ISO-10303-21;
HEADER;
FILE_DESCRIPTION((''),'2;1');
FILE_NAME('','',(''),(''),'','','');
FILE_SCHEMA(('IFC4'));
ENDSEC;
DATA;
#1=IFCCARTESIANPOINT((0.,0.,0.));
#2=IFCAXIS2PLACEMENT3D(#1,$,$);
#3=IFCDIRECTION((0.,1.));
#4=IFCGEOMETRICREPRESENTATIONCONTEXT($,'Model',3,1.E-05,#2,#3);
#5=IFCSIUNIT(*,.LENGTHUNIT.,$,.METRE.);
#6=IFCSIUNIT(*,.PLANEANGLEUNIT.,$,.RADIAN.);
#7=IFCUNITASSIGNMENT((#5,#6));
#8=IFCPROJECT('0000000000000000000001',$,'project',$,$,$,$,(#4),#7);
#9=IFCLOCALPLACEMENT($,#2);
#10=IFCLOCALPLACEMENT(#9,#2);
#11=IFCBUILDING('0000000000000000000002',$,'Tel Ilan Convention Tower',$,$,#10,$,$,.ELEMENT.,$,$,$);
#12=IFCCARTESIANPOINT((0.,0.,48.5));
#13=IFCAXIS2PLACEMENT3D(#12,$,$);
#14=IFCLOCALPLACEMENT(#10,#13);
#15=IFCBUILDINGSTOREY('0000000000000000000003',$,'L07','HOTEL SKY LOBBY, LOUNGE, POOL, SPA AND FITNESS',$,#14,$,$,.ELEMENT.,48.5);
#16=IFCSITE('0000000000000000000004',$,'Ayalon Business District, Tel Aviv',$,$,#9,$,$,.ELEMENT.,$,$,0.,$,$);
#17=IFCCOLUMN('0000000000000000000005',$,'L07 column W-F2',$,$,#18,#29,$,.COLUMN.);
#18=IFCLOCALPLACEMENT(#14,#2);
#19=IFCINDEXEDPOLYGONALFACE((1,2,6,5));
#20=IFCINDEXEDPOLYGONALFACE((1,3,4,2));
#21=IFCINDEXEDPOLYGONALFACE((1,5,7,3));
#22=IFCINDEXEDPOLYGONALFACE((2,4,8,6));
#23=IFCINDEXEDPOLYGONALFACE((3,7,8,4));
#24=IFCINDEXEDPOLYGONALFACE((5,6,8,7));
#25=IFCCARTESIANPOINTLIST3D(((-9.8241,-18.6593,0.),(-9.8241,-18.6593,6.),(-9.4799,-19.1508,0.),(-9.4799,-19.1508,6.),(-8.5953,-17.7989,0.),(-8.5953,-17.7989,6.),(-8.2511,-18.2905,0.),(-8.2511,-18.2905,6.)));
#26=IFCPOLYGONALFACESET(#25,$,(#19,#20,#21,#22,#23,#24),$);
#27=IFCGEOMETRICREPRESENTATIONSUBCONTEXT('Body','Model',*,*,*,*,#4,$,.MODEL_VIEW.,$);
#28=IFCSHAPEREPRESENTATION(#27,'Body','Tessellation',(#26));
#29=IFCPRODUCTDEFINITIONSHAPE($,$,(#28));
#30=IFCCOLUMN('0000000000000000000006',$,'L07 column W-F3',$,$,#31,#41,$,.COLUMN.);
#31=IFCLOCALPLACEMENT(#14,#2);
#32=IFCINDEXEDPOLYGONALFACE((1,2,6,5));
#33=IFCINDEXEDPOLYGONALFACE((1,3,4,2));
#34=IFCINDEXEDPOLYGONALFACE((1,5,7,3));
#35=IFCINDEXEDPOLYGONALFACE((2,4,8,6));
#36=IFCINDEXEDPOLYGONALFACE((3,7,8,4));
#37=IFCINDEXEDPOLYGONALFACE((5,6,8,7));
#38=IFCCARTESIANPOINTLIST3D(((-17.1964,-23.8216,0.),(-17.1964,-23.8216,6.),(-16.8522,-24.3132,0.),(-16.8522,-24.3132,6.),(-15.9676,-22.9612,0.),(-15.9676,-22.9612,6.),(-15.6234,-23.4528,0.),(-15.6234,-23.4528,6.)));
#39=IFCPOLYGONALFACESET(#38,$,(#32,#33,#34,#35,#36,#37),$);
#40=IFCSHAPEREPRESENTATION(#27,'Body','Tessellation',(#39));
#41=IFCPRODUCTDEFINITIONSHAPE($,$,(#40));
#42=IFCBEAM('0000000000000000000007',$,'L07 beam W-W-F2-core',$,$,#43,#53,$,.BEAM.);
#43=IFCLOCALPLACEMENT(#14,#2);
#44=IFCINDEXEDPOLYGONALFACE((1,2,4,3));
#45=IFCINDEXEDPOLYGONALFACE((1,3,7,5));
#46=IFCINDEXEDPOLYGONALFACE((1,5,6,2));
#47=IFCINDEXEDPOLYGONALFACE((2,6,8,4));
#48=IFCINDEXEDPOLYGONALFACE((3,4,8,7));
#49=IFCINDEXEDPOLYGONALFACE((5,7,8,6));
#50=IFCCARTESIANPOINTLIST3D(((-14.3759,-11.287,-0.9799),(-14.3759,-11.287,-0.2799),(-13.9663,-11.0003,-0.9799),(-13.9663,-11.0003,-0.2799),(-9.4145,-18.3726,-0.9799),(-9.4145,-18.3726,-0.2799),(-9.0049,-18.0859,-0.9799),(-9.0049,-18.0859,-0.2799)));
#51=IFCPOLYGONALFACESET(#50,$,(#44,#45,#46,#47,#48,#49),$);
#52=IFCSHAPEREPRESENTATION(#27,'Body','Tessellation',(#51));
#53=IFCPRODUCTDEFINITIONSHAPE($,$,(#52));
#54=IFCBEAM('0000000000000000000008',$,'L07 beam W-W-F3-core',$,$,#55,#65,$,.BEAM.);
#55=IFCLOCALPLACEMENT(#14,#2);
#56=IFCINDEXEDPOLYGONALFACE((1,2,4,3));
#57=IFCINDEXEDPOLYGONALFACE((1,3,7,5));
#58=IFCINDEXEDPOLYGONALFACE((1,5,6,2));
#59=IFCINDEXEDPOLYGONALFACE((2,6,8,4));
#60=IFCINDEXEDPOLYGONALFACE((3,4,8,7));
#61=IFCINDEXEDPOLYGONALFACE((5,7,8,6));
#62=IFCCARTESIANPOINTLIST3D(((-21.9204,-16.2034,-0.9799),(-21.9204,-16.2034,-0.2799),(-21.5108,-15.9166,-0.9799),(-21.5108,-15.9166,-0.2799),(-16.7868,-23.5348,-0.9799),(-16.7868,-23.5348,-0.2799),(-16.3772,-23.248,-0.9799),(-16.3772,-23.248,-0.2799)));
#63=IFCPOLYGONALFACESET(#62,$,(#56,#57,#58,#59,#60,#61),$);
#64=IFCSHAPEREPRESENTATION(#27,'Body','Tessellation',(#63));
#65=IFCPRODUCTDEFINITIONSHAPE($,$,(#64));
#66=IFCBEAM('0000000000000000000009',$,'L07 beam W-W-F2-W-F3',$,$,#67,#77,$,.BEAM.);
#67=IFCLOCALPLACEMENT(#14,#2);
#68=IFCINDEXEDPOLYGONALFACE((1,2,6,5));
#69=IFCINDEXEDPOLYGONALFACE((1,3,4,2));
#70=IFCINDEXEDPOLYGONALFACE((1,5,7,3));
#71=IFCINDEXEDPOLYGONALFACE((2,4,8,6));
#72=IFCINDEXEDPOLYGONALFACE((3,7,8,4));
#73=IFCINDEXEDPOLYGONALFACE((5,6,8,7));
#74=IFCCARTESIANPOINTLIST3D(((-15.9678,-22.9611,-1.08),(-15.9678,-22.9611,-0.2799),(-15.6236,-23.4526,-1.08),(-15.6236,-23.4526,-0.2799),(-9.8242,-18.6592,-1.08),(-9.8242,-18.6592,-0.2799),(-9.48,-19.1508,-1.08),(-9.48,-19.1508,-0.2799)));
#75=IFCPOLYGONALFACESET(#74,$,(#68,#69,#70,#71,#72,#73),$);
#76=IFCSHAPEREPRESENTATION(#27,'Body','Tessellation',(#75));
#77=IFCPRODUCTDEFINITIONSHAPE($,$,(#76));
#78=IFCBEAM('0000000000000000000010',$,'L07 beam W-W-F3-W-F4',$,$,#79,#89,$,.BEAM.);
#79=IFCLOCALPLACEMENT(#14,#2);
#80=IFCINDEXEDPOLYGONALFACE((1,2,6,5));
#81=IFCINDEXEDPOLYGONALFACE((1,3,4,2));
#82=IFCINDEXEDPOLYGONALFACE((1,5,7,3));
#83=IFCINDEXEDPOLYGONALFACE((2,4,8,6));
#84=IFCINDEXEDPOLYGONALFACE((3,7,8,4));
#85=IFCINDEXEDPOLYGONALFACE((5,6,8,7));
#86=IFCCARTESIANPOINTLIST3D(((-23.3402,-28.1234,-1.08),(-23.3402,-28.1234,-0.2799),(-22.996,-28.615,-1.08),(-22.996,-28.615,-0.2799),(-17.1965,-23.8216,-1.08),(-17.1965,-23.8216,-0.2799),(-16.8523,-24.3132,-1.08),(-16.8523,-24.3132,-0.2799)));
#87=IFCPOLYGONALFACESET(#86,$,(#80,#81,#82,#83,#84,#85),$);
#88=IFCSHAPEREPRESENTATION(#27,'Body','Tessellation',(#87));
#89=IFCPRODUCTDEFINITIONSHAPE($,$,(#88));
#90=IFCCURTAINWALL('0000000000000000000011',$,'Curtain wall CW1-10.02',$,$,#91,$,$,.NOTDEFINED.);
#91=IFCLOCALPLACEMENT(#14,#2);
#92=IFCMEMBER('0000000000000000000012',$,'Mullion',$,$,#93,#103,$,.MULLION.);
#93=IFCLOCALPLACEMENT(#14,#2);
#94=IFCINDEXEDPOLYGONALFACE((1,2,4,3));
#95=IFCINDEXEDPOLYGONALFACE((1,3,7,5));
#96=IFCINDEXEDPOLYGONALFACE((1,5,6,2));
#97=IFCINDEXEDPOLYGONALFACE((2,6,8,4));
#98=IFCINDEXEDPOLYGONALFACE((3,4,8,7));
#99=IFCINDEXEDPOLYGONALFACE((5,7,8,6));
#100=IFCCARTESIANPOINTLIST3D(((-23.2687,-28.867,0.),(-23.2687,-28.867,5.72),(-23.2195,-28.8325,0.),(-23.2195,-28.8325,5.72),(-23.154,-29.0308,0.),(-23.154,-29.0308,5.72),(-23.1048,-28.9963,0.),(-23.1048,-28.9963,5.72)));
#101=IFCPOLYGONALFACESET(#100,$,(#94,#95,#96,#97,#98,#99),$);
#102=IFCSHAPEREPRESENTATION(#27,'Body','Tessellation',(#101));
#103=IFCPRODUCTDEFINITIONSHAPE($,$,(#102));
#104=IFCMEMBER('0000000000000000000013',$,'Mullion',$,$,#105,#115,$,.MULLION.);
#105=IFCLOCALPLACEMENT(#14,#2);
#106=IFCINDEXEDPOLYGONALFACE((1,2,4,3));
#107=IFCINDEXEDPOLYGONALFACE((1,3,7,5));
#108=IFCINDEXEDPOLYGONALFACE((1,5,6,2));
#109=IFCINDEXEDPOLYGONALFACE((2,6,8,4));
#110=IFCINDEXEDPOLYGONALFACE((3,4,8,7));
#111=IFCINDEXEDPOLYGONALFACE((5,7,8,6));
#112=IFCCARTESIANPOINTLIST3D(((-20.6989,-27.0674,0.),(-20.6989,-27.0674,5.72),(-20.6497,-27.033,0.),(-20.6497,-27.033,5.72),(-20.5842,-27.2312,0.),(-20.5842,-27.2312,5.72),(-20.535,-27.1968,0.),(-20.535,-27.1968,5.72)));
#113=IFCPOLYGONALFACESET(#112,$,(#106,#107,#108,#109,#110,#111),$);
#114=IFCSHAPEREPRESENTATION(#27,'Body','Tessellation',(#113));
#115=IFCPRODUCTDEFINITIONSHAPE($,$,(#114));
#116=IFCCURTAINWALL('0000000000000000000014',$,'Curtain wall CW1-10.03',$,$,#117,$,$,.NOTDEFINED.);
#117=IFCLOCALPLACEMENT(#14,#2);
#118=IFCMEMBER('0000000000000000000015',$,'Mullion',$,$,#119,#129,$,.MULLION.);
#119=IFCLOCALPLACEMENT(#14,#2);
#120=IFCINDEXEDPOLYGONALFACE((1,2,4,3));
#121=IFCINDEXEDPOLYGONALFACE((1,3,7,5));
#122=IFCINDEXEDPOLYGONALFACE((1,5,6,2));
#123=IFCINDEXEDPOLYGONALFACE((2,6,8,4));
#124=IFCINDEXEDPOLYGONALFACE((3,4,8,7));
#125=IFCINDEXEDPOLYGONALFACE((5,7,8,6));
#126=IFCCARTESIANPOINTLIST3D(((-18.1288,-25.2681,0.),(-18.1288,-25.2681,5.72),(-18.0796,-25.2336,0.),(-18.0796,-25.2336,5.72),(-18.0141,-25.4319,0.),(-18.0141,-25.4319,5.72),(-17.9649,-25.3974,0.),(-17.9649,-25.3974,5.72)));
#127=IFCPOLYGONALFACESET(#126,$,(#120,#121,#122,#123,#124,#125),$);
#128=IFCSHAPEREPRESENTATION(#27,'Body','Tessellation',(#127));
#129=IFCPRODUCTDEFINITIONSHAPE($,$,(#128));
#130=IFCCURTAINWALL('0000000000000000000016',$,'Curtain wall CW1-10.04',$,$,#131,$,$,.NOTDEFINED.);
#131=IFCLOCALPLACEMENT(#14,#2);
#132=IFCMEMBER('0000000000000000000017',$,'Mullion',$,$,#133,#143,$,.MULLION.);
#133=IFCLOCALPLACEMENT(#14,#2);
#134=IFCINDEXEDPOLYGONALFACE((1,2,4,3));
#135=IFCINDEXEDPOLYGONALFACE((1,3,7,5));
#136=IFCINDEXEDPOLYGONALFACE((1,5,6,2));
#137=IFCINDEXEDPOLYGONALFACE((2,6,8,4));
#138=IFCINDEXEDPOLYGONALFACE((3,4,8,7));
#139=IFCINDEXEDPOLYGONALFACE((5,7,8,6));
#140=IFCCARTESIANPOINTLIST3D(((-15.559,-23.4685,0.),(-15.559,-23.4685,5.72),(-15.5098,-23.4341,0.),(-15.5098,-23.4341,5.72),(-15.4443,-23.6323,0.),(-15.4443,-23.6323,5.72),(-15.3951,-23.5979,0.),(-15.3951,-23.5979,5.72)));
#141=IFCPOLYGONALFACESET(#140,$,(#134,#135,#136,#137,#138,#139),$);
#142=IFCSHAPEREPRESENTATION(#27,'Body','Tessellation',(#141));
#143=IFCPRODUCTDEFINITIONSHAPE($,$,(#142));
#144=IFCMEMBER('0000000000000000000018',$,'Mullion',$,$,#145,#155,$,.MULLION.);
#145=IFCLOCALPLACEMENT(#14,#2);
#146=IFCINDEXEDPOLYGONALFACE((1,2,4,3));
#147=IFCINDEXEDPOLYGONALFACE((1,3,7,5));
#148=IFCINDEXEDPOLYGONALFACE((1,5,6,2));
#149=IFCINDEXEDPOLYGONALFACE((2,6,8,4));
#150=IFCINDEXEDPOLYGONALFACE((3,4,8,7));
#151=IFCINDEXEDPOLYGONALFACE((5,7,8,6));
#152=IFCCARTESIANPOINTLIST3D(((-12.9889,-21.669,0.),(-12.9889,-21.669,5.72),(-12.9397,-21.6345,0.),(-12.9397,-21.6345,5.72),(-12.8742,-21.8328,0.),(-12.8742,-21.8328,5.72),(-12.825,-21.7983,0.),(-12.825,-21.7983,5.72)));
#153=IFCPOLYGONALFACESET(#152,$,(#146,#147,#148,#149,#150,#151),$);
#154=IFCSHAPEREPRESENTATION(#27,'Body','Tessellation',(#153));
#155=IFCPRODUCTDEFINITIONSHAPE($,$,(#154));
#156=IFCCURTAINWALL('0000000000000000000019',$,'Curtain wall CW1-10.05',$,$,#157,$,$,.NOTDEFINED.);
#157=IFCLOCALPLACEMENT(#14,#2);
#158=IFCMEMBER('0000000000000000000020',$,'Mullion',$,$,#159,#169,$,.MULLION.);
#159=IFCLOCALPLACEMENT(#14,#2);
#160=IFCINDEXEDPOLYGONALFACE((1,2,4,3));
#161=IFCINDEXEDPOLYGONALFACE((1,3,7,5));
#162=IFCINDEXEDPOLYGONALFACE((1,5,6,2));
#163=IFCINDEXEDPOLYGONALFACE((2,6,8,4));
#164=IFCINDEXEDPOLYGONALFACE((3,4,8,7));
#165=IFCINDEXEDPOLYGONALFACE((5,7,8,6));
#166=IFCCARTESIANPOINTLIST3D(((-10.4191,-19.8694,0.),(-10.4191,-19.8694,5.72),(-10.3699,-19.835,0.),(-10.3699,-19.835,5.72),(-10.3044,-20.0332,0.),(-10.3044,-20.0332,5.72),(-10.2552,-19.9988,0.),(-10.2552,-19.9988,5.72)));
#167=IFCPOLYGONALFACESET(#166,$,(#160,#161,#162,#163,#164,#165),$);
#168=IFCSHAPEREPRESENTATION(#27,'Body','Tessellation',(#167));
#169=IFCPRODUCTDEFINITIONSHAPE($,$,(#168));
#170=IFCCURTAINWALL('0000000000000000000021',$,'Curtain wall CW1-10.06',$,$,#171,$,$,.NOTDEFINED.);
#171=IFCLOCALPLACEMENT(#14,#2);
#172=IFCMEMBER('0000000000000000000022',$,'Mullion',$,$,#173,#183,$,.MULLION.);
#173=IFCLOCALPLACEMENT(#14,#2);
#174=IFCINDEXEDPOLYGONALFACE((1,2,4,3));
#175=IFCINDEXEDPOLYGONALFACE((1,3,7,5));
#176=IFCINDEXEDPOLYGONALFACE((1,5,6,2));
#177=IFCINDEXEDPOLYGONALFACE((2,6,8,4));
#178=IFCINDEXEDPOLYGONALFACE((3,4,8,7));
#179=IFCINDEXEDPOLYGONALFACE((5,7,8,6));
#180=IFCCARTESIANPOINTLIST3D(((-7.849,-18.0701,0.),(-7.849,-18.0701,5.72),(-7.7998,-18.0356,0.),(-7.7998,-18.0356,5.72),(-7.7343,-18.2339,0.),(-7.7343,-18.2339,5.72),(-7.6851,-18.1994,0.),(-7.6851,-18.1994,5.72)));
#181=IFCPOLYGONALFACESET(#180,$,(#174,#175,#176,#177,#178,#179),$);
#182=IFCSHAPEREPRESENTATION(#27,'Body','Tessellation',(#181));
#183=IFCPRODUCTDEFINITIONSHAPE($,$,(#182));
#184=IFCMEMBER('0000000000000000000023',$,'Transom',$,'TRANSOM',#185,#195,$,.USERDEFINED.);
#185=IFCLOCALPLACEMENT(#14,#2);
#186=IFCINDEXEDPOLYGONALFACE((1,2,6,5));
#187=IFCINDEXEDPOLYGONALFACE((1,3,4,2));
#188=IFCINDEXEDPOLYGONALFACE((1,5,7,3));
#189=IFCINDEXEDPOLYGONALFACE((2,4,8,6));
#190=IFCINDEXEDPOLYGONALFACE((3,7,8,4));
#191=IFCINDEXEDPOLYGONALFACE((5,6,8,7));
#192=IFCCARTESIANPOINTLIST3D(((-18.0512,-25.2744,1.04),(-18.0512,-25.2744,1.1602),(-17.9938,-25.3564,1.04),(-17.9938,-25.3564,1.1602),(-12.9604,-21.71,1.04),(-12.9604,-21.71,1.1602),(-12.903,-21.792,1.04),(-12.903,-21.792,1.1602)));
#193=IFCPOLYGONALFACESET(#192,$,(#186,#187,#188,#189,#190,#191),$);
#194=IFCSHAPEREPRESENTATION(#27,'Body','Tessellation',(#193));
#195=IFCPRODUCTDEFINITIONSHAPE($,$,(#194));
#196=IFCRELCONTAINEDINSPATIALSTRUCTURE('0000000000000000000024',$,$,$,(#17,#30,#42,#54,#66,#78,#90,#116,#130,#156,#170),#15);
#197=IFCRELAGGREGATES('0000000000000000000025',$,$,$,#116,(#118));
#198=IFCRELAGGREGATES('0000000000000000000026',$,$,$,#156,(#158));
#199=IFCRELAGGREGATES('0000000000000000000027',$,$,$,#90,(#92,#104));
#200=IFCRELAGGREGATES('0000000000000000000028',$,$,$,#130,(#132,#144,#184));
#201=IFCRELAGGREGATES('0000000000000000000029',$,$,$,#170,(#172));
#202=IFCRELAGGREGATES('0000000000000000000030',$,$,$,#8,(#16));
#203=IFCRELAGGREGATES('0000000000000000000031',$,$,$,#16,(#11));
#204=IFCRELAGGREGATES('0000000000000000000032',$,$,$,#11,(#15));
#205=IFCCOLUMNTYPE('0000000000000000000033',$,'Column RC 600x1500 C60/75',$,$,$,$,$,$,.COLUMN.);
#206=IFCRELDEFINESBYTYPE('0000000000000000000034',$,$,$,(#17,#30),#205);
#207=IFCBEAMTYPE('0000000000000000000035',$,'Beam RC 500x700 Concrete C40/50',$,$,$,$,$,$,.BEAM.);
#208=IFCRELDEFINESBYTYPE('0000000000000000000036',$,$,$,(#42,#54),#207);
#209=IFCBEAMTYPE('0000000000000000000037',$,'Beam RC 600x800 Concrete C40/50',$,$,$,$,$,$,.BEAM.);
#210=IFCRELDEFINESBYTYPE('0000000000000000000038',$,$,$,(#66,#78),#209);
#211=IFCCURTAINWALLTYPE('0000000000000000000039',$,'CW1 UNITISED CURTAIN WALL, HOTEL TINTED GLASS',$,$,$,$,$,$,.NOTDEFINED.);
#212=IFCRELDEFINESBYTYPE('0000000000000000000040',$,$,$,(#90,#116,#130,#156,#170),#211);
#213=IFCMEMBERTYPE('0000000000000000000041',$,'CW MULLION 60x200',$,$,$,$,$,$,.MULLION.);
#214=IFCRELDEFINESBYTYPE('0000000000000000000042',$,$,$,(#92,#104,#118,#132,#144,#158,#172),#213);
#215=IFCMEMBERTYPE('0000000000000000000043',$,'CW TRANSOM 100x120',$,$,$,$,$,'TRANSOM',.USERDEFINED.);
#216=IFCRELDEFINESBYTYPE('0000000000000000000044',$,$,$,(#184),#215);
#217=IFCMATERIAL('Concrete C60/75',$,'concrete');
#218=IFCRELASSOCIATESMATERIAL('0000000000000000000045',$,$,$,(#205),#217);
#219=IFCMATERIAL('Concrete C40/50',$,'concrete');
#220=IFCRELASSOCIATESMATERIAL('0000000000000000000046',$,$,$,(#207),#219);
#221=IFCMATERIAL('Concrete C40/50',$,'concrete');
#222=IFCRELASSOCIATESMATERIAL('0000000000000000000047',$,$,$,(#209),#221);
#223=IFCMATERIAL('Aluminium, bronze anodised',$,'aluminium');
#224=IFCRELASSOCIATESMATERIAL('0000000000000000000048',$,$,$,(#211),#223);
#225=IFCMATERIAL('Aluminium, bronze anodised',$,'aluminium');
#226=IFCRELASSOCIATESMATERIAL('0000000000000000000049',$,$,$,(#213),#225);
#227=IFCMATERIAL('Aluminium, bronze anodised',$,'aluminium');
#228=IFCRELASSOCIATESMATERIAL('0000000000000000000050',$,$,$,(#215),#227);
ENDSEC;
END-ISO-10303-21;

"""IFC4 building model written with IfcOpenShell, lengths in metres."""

from ifc_helpers import new_model, si_unit, direction, frame, origin, origin_2d, place, context, subcontext, project, spatial, rectangle, extrude, material, material_profile, profile_set, type_object, element, aggregate, save


model = new_model("IFC4")

# Units and contexts
model_context = context("Model", 3, precision=1e-05, world=origin(), true_north=direction((0.0, 1.0)))
body_context = subcontext(model_context, "Body", "Model", "MODEL_VIEW")
ifc_project = project(units=[si_unit("LENGTHUNIT", "METRE"), si_unit("PLANEANGLEUNIT", "RADIAN")], contexts=[model_context])

# Site, building, storey
site_placement = place(None, origin())
site = spatial("IfcSite", under=ifc_project, at=site_placement, Name="Ayalon Business District, Tel Aviv", CompositionType="ELEMENT", RefElevation=0.0)
building_placement = place(site_placement, origin())
building = spatial("IfcBuilding", under=site, at=building_placement, Name="Tel Ilan Convention Tower", CompositionType="ELEMENT")
storey_placement = place(building_placement, frame((0.0, 0.0, 48.5)))
storey = spatial("IfcBuildingStorey", under=building, at=storey_placement, Name="L07", Description="HOTEL SKY LOBBY, LOUNGE, POOL, SPA AND FITNESS", CompositionType="ELEMENT", Elevation=48.5)

# Columns
ifc_material_1 = material(Name="Concrete C60/75", Category="concrete")
ifc_material_profile_1 = material_profile(ifc_material_1, rectangle(XDim=1.5, YDim=0.6001, at=origin_2d()), Name="RC 600x1500")
ifc_profile_set_1 = profile_set([ifc_material_profile_1], Name="Concrete C60/75")
column_type = type_object("IfcColumnType", Name="Column RC 600x1500 C60/75", PredefinedType="COLUMN", material=ifc_profile_set_1)
for number, where, z_axis, x_axis, name in (
    (1, (-9.0376, -18.4749, 0.0), (0.0, 0.0, 1.0), (-0.819152, -0.573576, 0.0), "L07 column W-F2"),
    (2, (-16.4099, -23.6372, 0.0), (0.0, 0.0, 1.0), (-0.819152, -0.573576, 0.0), "L07 column W-F3"),
):
    element("IfcColumn", number, at=place(storey_placement, frame(where, z_axis=z_axis, x_axis=x_axis)), inside=storey, type_object=column_type, Name=name, PredefinedType="COLUMN", context=body_context, shape_type="SweptSolid", body=[
        extrude(rectangle(XDim=1.5, YDim=0.6001, at=origin_2d()), origin(), (0.0, 0.0, 1.0), 6.0),
    ])

# Beams
ifc_material_2 = material(Name="Concrete C40/50", Category="concrete")
ifc_material_profile_2 = material_profile(ifc_material_2, rectangle(XDim=0.5, YDim=0.7, at=origin_2d()), Name="RC 500x700")
ifc_profile_set_2 = profile_set([ifc_material_profile_2], Name="Concrete C40/50")
beam_type_1 = type_object("IfcBeamType", Name="Beam RC 500x700 Concrete C40/50", PredefinedType="BEAM", material=ifc_profile_set_2)
beam_1_placement = place(storey_placement, frame((-9.2097, -18.2292, -0.6299), z_axis=(-0.573574, 0.819154, 0.0), x_axis=(-0.819154, -0.573574, 0.0)))
element("IfcBeam", 3, at=beam_1_placement, inside=storey, type_object=beam_type_1, Name="L07 beam W-W-F2-core", PredefinedType="BEAM", context=body_context, shape_type="SweptSolid", body=[
    extrude(rectangle(XDim=0.5, YDim=0.7, at=origin_2d()), origin(), (0.0, 0.0, 1.0), 8.6499),
])
beam_2_placement = place(storey_placement, frame((-16.582, -23.3914, -0.6299), z_axis=(-0.573585, 0.819146, 0.0), x_axis=(-0.819146, -0.573585, 0.0)))
element("IfcBeam", 4, at=beam_2_placement, inside=storey, type_object=beam_type_1, Name="L07 beam W-W-F3-core", PredefinedType="BEAM", context=body_context, shape_type="SweptSolid", body=[
    extrude(rectangle(XDim=0.5, YDim=0.7, at=origin_2d()), origin(), (0.0, 0.0, 1.0), 8.95),
])
ifc_material_3 = material(Name="Concrete C40/50", Category="concrete")
ifc_material_profile_3 = material_profile(ifc_material_3, rectangle(XDim=0.6001, YDim=0.8, at=origin_2d()), Name="RC 600x800")
ifc_profile_set_3 = profile_set([ifc_material_profile_3], Name="Concrete C40/50")
beam_type_2 = type_object("IfcBeamType", Name="Beam RC 600x800 Concrete C40/50", PredefinedType="BEAM", material=ifc_profile_set_3)
for number, where, z_axis, x_axis, name in (
    (5, (-9.6521, -18.905, -0.6799), (-0.819152, -0.573576, 0.0), (0.573576, -0.819152, 0.0), "L07 beam W-W-F2-W-F3"),
    (6, (-17.0244, -24.0674, -0.6799), (-0.819152, -0.573576, 0.0), (0.573576, -0.819152, 0.0), "L07 beam W-W-F3-W-F4"),
):
    element("IfcBeam", number, at=place(storey_placement, frame(where, z_axis=z_axis, x_axis=x_axis)), inside=storey, type_object=beam_type_2, Name=name, PredefinedType="BEAM", context=body_context, shape_type="SweptSolid", body=[
        extrude(rectangle(XDim=0.6001, YDim=0.8, at=origin_2d()), origin(), (0.0, 0.0, 1.0), 7.5),
    ])

# Curtain wall, members
ifc_material_4 = material(Name="Aluminium, bronze anodised", Category="aluminium")
curtain_wall_type = type_object("IfcCurtainWallType", Name="CW1 UNITISED CURTAIN WALL, HOTEL TINTED GLASS", PredefinedType="NOTDEFINED", material=ifc_material_4)
curtain_wall_1_placement = place(storey_placement, origin())
curtain_wall_1 = element("IfcCurtainWall", 7, at=curtain_wall_1_placement, inside=storey, type_object=curtain_wall_type, Name="Curtain wall CW1-10.02", PredefinedType="NOTDEFINED")
ifc_material_5 = material(Name="Aluminium, bronze anodised", Category="aluminium")
ifc_material_profile_4 = material_profile(ifc_material_5, rectangle(XDim=0.0601, YDim=0.2, at=origin_2d()), Name="CW MULLION 60x200")
ifc_profile_set_4 = profile_set([ifc_material_profile_4], Name="Aluminium, bronze anodised")
member_type_1 = type_object("IfcMemberType", Name="CW MULLION 60x200", PredefinedType="MULLION", material=ifc_profile_set_4)
member_1_placement = place(storey_placement, frame((-23.1868, -28.9316, 0.0), z_axis=(0.0, 0.0, 1.0), x_axis=(0.819152, 0.573576, 0.0)))
member_1 = element("IfcMember", 8, at=member_1_placement, type_object=member_type_1, Name="Mullion", PredefinedType="MULLION", context=body_context, shape_type="SweptSolid", body=[
    extrude(rectangle(XDim=0.0601, YDim=0.2, at=origin_2d()), origin(), (0.0, 0.0, 1.0), 5.72),
])
member_2_placement = place(storey_placement, frame((-20.6169, -27.1321, 0.0), z_axis=(0.0, 0.0, 1.0), x_axis=(0.819152, 0.573576, 0.0)))
member_2 = element("IfcMember", 9, at=member_2_placement, type_object=member_type_1, Name="Mullion", PredefinedType="MULLION", context=body_context, shape_type="SweptSolid", body=[
    extrude(rectangle(XDim=0.0601, YDim=0.2, at=origin_2d()), origin(), (0.0, 0.0, 1.0), 5.72),
])

# Curtain wall, member
curtain_wall_2_placement = place(storey_placement, origin())
curtain_wall_2 = element("IfcCurtainWall", 10, at=curtain_wall_2_placement, inside=storey, type_object=curtain_wall_type, Name="Curtain wall CW1-10.03", PredefinedType="NOTDEFINED")
member_3_placement = place(storey_placement, frame((-18.0469, -25.3328, 0.0), z_axis=(0.0, 0.0, 1.0), x_axis=(0.819152, 0.573576, 0.0)))
member_3 = element("IfcMember", 11, at=member_3_placement, type_object=member_type_1, Name="Mullion", PredefinedType="MULLION", context=body_context, shape_type="SweptSolid", body=[
    extrude(rectangle(XDim=0.0601, YDim=0.2, at=origin_2d()), origin(), (0.0, 0.0, 1.0), 5.72),
])
aggregate(curtain_wall_2, [member_3])

# Curtain wall, members
curtain_wall_3_placement = place(storey_placement, origin())
curtain_wall_3 = element("IfcCurtainWall", 12, at=curtain_wall_3_placement, inside=storey, type_object=curtain_wall_type, Name="Curtain wall CW1-10.04", PredefinedType="NOTDEFINED")
member_4_placement = place(storey_placement, frame((-15.4771, -23.5332, 0.0), z_axis=(0.0, 0.0, 1.0), x_axis=(0.819152, 0.573576, 0.0)))
member_4 = element("IfcMember", 13, at=member_4_placement, type_object=member_type_1, Name="Mullion", PredefinedType="MULLION", context=body_context, shape_type="SweptSolid", body=[
    extrude(rectangle(XDim=0.0601, YDim=0.2, at=origin_2d()), origin(), (0.0, 0.0, 1.0), 5.72),
])
member_5_placement = place(storey_placement, frame((-12.907, -21.7336, 0.0), z_axis=(0.0, 0.0, 1.0), x_axis=(0.819152, 0.573576, 0.0)))
member_5 = element("IfcMember", 14, at=member_5_placement, type_object=member_type_1, Name="Mullion", PredefinedType="MULLION", context=body_context, shape_type="SweptSolid", body=[
    extrude(rectangle(XDim=0.0601, YDim=0.2, at=origin_2d()), origin(), (0.0, 0.0, 1.0), 5.72),
])

# Curtain walls, members
curtain_wall_4_placement = place(storey_placement, origin())
curtain_wall_4 = element("IfcCurtainWall", 15, at=curtain_wall_4_placement, inside=storey, type_object=curtain_wall_type, Name="Curtain wall CW1-10.05", PredefinedType="NOTDEFINED")
member_6_placement = place(storey_placement, frame((-10.3372, -19.9341, 0.0), z_axis=(0.0, 0.0, 1.0), x_axis=(0.819152, 0.573576, 0.0)))
member_6 = element("IfcMember", 16, at=member_6_placement, type_object=member_type_1, Name="Mullion", PredefinedType="MULLION", context=body_context, shape_type="SweptSolid", body=[
    extrude(rectangle(XDim=0.0601, YDim=0.2, at=origin_2d()), origin(), (0.0, 0.0, 1.0), 5.72),
])
aggregate(curtain_wall_4, [member_6])
curtain_wall_5_placement = place(storey_placement, origin())
curtain_wall_5 = element("IfcCurtainWall", 17, at=curtain_wall_5_placement, inside=storey, type_object=curtain_wall_type, Name="Curtain wall CW1-10.06", PredefinedType="NOTDEFINED")
member_7_placement = place(storey_placement, frame((-7.7671, -18.1348, 0.0), z_axis=(0.0, 0.0, 1.0), x_axis=(0.819152, 0.573576, 0.0)))
member_7 = element("IfcMember", 18, at=member_7_placement, type_object=member_type_1, Name="Mullion", PredefinedType="MULLION", context=body_context, shape_type="SweptSolid", body=[
    extrude(rectangle(XDim=0.0601, YDim=0.2, at=origin_2d()), origin(), (0.0, 0.0, 1.0), 5.72),
])

# Member
ifc_material_6 = material(Name="Aluminium, bronze anodised", Category="aluminium")
ifc_material_profile_5 = material_profile(ifc_material_6, rectangle(XDim=0.1001, YDim=0.1201, at=origin_2d()), Name="CW TRANSOM 100x120")
ifc_profile_set_5 = profile_set([ifc_material_profile_5], Name="Aluminium, bronze anodised")
member_type_2 = type_object("IfcMemberType", Name="CW TRANSOM 100x120", ElementType="TRANSOM", PredefinedType="USERDEFINED", material=ifc_profile_set_5)
member_8_placement = place(storey_placement, frame((-18.0225, -25.3154, 1.1001), z_axis=(0.819165, 0.573557, 0.0), x_axis=(-0.573557, 0.819165, 0.0)))
member_8 = element("IfcMember", 19, at=member_8_placement, type_object=member_type_2, Name="Transom", ObjectType="TRANSOM", PredefinedType="USERDEFINED", context=body_context, shape_type="SweptSolid", body=[
    extrude(rectangle(XDim=0.1001, YDim=0.1201, at=origin_2d()), origin(), (0.0, 0.0, 1.0), 6.2146),
])

aggregate(curtain_wall_1, [member_1, member_2])
aggregate(curtain_wall_3, [member_4, member_5, member_8])
aggregate(curtain_wall_5, [member_7])

save(model, "model.ifc")
